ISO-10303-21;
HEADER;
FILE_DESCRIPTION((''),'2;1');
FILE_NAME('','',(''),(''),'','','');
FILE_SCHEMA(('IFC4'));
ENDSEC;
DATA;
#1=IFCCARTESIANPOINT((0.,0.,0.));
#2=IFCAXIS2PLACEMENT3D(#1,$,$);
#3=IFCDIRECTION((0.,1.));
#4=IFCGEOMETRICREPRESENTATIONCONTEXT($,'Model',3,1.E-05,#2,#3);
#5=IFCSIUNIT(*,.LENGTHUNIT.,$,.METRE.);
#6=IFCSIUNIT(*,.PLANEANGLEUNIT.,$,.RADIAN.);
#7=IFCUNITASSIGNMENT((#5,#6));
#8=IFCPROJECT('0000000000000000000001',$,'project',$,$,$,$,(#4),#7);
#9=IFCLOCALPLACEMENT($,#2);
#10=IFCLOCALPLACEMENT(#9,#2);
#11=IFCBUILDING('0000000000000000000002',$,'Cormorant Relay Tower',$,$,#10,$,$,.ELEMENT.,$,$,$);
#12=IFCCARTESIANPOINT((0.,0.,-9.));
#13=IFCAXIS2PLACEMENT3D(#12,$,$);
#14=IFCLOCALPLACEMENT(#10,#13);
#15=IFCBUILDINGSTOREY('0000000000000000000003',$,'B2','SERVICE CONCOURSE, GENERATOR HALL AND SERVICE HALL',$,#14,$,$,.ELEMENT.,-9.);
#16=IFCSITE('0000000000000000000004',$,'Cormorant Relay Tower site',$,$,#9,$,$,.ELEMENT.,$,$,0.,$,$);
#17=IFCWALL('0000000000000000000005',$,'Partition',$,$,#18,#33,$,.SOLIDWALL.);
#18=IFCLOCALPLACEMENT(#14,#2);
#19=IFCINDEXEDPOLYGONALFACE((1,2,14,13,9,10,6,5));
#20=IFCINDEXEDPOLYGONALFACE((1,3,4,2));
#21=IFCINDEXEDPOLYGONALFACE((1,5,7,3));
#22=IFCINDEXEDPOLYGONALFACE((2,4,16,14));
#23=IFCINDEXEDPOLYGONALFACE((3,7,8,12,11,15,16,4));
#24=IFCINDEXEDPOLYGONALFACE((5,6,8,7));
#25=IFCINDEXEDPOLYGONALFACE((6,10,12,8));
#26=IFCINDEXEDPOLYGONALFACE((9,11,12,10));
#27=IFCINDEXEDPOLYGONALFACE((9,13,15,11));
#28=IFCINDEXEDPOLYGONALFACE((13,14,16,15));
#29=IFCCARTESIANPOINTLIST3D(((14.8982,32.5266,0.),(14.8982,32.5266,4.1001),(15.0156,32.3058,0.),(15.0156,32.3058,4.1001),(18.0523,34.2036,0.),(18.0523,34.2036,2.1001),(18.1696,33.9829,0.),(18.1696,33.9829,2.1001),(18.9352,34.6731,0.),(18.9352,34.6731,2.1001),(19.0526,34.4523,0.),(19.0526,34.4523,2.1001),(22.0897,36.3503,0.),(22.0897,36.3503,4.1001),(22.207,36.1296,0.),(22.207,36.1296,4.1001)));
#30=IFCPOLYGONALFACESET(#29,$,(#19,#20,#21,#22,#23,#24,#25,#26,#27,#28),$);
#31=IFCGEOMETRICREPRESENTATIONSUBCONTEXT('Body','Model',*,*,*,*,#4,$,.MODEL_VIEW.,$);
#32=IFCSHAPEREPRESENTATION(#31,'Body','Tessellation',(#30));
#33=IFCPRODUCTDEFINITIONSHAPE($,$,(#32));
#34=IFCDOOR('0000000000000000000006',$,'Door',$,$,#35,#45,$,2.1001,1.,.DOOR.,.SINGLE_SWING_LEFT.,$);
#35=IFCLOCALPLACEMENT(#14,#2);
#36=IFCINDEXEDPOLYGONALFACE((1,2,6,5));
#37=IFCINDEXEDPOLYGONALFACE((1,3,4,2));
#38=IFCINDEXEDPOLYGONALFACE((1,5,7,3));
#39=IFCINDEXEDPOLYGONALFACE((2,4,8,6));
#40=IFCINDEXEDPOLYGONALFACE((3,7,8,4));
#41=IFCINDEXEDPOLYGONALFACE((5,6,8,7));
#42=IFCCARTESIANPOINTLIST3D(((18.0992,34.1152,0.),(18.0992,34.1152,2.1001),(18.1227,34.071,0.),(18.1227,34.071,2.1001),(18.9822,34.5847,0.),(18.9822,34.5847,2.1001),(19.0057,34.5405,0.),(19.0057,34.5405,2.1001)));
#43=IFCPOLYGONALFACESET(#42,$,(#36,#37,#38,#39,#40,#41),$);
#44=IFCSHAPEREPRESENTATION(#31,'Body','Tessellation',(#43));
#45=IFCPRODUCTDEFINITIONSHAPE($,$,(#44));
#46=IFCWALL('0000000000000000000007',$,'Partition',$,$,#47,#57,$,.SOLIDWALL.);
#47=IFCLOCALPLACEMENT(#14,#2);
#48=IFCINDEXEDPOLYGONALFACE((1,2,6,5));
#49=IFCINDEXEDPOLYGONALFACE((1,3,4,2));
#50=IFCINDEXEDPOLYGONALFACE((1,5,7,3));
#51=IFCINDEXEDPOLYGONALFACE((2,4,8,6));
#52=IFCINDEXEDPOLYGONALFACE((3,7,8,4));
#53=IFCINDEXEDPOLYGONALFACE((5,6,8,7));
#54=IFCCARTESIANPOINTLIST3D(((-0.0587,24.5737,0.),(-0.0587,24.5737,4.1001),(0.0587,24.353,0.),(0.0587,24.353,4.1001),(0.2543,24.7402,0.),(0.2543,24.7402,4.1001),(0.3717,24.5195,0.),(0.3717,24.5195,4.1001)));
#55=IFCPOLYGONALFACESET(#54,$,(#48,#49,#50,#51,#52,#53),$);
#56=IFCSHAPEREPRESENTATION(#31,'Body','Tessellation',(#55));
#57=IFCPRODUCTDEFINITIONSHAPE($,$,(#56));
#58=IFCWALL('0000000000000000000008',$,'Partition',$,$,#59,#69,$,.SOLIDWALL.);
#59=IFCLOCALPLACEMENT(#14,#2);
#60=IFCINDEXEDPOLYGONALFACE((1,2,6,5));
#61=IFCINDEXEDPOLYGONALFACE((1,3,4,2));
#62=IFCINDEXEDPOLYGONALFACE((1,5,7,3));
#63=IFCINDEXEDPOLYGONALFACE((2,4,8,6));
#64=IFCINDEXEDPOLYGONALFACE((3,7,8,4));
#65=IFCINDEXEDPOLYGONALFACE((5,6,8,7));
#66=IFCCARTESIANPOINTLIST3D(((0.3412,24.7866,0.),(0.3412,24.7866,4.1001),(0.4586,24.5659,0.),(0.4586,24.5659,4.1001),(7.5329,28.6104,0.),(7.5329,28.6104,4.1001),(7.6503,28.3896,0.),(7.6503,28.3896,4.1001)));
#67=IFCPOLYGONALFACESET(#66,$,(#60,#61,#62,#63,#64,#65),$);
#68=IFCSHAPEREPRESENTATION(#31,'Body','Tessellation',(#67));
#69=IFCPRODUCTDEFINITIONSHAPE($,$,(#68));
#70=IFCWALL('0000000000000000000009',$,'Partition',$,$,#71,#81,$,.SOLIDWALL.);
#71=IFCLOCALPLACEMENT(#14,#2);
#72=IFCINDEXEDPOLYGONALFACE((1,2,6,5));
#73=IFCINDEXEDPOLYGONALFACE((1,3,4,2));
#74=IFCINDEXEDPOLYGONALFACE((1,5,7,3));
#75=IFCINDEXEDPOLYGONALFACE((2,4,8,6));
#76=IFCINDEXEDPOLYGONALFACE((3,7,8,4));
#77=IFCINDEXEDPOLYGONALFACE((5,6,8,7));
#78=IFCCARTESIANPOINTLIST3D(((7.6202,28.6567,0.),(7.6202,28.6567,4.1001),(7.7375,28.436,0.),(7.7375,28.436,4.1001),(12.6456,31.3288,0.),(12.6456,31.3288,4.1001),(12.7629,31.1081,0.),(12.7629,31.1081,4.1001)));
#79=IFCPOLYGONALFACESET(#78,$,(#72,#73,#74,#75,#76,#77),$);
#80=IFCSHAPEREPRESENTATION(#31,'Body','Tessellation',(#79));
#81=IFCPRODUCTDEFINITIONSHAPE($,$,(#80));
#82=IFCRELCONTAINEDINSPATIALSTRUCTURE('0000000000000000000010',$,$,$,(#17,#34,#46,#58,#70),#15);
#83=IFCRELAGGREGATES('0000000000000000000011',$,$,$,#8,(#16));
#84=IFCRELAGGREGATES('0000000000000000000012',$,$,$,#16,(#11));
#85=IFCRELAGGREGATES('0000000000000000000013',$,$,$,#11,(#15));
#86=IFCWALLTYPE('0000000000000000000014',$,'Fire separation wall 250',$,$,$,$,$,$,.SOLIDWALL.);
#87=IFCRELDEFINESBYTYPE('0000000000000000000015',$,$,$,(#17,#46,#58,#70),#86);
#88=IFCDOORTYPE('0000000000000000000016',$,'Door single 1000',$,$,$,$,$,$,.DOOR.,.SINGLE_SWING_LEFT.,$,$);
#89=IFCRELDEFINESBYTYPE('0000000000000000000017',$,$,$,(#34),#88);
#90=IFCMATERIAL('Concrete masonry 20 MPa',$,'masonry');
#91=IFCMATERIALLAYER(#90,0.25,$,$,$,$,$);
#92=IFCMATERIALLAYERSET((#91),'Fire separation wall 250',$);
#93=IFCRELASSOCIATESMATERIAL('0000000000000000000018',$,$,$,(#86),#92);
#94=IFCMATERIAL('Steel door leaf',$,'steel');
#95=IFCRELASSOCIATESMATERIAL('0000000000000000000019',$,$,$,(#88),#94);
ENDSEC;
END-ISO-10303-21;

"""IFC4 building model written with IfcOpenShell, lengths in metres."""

from ifc_helpers import new_model, si_unit, direction, frame, frame_2d, origin, place, context, subcontext, project, spatial, rectangle, extrude, material, layer, layer_set, type_object, element, fill, save


model = new_model("IFC4")

# Units and contexts
model_context = context("Model", 3, precision=1e-05, world=origin(), true_north=direction((0.0, 1.0)))
body_context = subcontext(model_context, "Body", "Model", "MODEL_VIEW")
ifc_project = project(units=[si_unit("LENGTHUNIT", "METRE"), si_unit("PLANEANGLEUNIT", "RADIAN")], contexts=[model_context])

# Site, building, storey
site_placement = place(None, origin())
site = spatial("IfcSite", under=ifc_project, at=site_placement, Name="Cormorant Relay Tower site", CompositionType="ELEMENT", RefElevation=0.0)
building_placement = place(site_placement, origin())
building = spatial("IfcBuilding", under=site, at=building_placement, Name="Cormorant Relay Tower", CompositionType="ELEMENT")
storey_placement = place(building_placement, frame((0.0, 0.0, -9.0)))
storey = spatial("IfcBuildingStorey", under=building, at=storey_placement, Name="B2", Description="SERVICE CONCOURSE, GENERATOR HALL AND SERVICE HALL", CompositionType="ELEMENT", Elevation=-9.0)

# Shared definitions
ifc_material_1 = material(Name="Concrete masonry 20 MPa", Category="masonry")
ifc_layer = layer(ifc_material_1, 0.25)
ifc_layer_set = layer_set([ifc_layer], Name="Fire separation wall 250")
wall_type = type_object("IfcWallType", Name="Fire separation wall 250", PredefinedType="SOLIDWALL", material=ifc_layer_set)

# Wall, opening, door
wall_1_placement = place(storey_placement, frame((14.957, 32.4163, 0.0), z_axis=(0.0, 0.0, 1.0), x_axis=(0.882948, 0.469471, 0.0)))
wall_1 = element("IfcWall", 1, at=wall_1_placement, inside=storey, type_object=wall_type, Name="Partition", PredefinedType="SOLIDWALL", context=body_context, shape_type="SweptSolid", body=[
    extrude(rectangle(XDim=8.1448, YDim=0.25, at=frame_2d((4.0723, 0.0))), origin(), (0.0, 0.0, 1.0), 4.1001),
])
opening_placement = place(wall_1_placement, frame((3.572, 0.0, 0.0)))
opening = element("IfcOpeningElement", 2, at=opening_placement, cuts=wall_1, PredefinedType="OPENING", context=body_context, shape_type="SweptSolid", body=[
    extrude(rectangle(XDim=1.0, YDim=2.1001, at=frame_2d((0.5, 1.05))), frame((0.0, 0.135, 0.0), z_axis=(0.0, -1.0, 0.0), x_axis=(1.0, 0.0, 0.0)), (0.0, 0.0, 1.0), 0.27),
])
ifc_material_2 = material(Name="Steel door leaf", Category="steel")
door_type = type_object("IfcDoorType", Name="Door single 1000", OperationType="SINGLE_SWING_LEFT", PredefinedType="DOOR", material=ifc_material_2)
door_placement = place(opening_placement, origin())
door = element("IfcDoor", 3, at=door_placement, inside=storey, type_object=door_type, Name="Door", OperationType="SINGLE_SWING_LEFT", OverallHeight=2.1001, OverallWidth=1.0, PredefinedType="DOOR", context=body_context, shape_type="SweptSolid", body=[
    extrude(rectangle(XDim=1.0, YDim=2.1001, at=frame_2d((0.5, 1.05))), frame((0.0, 0.0249, 0.0), z_axis=(0.0, -1.0, 0.0), x_axis=(1.0, 0.0, 0.0)), (0.0, 0.0, 1.0), 0.05),
])
fill(opening, door)

# Walls
wall_2_placement = place(storey_placement, frame((0.0, 24.4634, 0.0), z_axis=(0.0, 0.0, 1.0), x_axis=(0.882848, 0.469659, 0.0)))
element("IfcWall", 4, at=wall_2_placement, inside=storey, type_object=wall_type, Name="Partition", PredefinedType="SOLIDWALL", context=body_context, shape_type="SweptSolid", body=[
    extrude(rectangle(XDim=0.3545, YDim=0.25, at=frame_2d((0.1772, 0.0))), origin(), (0.0, 0.0, 1.0), 4.1001),
])
wall_3_placement = place(storey_placement, frame((0.3999, 24.6763, 0.0), z_axis=(0.0, 0.0, 1.0), x_axis=(0.882955, 0.469458, 0.0)))
element("IfcWall", 5, at=wall_3_placement, inside=storey, type_object=wall_type, Name="Partition", PredefinedType="SOLIDWALL", context=body_context, shape_type="SweptSolid", body=[
    extrude(rectangle(XDim=8.145, YDim=0.25, at=frame_2d((4.0725, 0.0))), origin(), (0.0, 0.0, 1.0), 4.1001),
])
wall_4_placement = place(storey_placement, frame((7.679, 28.5464, 0.0), z_axis=(0.0, 0.0, 1.0), x_axis=(0.882942, 0.469481, 0.0)))
element("IfcWall", 6, at=wall_4_placement, inside=storey, type_object=wall_type, Name="Partition", PredefinedType="SOLIDWALL", context=body_context, shape_type="SweptSolid", body=[
    extrude(rectangle(XDim=5.6917, YDim=0.25, at=frame_2d((2.8457, 0.0))), origin(), (0.0, 0.0, 1.0), 4.1001),
])

save(model, "model.ifc")
